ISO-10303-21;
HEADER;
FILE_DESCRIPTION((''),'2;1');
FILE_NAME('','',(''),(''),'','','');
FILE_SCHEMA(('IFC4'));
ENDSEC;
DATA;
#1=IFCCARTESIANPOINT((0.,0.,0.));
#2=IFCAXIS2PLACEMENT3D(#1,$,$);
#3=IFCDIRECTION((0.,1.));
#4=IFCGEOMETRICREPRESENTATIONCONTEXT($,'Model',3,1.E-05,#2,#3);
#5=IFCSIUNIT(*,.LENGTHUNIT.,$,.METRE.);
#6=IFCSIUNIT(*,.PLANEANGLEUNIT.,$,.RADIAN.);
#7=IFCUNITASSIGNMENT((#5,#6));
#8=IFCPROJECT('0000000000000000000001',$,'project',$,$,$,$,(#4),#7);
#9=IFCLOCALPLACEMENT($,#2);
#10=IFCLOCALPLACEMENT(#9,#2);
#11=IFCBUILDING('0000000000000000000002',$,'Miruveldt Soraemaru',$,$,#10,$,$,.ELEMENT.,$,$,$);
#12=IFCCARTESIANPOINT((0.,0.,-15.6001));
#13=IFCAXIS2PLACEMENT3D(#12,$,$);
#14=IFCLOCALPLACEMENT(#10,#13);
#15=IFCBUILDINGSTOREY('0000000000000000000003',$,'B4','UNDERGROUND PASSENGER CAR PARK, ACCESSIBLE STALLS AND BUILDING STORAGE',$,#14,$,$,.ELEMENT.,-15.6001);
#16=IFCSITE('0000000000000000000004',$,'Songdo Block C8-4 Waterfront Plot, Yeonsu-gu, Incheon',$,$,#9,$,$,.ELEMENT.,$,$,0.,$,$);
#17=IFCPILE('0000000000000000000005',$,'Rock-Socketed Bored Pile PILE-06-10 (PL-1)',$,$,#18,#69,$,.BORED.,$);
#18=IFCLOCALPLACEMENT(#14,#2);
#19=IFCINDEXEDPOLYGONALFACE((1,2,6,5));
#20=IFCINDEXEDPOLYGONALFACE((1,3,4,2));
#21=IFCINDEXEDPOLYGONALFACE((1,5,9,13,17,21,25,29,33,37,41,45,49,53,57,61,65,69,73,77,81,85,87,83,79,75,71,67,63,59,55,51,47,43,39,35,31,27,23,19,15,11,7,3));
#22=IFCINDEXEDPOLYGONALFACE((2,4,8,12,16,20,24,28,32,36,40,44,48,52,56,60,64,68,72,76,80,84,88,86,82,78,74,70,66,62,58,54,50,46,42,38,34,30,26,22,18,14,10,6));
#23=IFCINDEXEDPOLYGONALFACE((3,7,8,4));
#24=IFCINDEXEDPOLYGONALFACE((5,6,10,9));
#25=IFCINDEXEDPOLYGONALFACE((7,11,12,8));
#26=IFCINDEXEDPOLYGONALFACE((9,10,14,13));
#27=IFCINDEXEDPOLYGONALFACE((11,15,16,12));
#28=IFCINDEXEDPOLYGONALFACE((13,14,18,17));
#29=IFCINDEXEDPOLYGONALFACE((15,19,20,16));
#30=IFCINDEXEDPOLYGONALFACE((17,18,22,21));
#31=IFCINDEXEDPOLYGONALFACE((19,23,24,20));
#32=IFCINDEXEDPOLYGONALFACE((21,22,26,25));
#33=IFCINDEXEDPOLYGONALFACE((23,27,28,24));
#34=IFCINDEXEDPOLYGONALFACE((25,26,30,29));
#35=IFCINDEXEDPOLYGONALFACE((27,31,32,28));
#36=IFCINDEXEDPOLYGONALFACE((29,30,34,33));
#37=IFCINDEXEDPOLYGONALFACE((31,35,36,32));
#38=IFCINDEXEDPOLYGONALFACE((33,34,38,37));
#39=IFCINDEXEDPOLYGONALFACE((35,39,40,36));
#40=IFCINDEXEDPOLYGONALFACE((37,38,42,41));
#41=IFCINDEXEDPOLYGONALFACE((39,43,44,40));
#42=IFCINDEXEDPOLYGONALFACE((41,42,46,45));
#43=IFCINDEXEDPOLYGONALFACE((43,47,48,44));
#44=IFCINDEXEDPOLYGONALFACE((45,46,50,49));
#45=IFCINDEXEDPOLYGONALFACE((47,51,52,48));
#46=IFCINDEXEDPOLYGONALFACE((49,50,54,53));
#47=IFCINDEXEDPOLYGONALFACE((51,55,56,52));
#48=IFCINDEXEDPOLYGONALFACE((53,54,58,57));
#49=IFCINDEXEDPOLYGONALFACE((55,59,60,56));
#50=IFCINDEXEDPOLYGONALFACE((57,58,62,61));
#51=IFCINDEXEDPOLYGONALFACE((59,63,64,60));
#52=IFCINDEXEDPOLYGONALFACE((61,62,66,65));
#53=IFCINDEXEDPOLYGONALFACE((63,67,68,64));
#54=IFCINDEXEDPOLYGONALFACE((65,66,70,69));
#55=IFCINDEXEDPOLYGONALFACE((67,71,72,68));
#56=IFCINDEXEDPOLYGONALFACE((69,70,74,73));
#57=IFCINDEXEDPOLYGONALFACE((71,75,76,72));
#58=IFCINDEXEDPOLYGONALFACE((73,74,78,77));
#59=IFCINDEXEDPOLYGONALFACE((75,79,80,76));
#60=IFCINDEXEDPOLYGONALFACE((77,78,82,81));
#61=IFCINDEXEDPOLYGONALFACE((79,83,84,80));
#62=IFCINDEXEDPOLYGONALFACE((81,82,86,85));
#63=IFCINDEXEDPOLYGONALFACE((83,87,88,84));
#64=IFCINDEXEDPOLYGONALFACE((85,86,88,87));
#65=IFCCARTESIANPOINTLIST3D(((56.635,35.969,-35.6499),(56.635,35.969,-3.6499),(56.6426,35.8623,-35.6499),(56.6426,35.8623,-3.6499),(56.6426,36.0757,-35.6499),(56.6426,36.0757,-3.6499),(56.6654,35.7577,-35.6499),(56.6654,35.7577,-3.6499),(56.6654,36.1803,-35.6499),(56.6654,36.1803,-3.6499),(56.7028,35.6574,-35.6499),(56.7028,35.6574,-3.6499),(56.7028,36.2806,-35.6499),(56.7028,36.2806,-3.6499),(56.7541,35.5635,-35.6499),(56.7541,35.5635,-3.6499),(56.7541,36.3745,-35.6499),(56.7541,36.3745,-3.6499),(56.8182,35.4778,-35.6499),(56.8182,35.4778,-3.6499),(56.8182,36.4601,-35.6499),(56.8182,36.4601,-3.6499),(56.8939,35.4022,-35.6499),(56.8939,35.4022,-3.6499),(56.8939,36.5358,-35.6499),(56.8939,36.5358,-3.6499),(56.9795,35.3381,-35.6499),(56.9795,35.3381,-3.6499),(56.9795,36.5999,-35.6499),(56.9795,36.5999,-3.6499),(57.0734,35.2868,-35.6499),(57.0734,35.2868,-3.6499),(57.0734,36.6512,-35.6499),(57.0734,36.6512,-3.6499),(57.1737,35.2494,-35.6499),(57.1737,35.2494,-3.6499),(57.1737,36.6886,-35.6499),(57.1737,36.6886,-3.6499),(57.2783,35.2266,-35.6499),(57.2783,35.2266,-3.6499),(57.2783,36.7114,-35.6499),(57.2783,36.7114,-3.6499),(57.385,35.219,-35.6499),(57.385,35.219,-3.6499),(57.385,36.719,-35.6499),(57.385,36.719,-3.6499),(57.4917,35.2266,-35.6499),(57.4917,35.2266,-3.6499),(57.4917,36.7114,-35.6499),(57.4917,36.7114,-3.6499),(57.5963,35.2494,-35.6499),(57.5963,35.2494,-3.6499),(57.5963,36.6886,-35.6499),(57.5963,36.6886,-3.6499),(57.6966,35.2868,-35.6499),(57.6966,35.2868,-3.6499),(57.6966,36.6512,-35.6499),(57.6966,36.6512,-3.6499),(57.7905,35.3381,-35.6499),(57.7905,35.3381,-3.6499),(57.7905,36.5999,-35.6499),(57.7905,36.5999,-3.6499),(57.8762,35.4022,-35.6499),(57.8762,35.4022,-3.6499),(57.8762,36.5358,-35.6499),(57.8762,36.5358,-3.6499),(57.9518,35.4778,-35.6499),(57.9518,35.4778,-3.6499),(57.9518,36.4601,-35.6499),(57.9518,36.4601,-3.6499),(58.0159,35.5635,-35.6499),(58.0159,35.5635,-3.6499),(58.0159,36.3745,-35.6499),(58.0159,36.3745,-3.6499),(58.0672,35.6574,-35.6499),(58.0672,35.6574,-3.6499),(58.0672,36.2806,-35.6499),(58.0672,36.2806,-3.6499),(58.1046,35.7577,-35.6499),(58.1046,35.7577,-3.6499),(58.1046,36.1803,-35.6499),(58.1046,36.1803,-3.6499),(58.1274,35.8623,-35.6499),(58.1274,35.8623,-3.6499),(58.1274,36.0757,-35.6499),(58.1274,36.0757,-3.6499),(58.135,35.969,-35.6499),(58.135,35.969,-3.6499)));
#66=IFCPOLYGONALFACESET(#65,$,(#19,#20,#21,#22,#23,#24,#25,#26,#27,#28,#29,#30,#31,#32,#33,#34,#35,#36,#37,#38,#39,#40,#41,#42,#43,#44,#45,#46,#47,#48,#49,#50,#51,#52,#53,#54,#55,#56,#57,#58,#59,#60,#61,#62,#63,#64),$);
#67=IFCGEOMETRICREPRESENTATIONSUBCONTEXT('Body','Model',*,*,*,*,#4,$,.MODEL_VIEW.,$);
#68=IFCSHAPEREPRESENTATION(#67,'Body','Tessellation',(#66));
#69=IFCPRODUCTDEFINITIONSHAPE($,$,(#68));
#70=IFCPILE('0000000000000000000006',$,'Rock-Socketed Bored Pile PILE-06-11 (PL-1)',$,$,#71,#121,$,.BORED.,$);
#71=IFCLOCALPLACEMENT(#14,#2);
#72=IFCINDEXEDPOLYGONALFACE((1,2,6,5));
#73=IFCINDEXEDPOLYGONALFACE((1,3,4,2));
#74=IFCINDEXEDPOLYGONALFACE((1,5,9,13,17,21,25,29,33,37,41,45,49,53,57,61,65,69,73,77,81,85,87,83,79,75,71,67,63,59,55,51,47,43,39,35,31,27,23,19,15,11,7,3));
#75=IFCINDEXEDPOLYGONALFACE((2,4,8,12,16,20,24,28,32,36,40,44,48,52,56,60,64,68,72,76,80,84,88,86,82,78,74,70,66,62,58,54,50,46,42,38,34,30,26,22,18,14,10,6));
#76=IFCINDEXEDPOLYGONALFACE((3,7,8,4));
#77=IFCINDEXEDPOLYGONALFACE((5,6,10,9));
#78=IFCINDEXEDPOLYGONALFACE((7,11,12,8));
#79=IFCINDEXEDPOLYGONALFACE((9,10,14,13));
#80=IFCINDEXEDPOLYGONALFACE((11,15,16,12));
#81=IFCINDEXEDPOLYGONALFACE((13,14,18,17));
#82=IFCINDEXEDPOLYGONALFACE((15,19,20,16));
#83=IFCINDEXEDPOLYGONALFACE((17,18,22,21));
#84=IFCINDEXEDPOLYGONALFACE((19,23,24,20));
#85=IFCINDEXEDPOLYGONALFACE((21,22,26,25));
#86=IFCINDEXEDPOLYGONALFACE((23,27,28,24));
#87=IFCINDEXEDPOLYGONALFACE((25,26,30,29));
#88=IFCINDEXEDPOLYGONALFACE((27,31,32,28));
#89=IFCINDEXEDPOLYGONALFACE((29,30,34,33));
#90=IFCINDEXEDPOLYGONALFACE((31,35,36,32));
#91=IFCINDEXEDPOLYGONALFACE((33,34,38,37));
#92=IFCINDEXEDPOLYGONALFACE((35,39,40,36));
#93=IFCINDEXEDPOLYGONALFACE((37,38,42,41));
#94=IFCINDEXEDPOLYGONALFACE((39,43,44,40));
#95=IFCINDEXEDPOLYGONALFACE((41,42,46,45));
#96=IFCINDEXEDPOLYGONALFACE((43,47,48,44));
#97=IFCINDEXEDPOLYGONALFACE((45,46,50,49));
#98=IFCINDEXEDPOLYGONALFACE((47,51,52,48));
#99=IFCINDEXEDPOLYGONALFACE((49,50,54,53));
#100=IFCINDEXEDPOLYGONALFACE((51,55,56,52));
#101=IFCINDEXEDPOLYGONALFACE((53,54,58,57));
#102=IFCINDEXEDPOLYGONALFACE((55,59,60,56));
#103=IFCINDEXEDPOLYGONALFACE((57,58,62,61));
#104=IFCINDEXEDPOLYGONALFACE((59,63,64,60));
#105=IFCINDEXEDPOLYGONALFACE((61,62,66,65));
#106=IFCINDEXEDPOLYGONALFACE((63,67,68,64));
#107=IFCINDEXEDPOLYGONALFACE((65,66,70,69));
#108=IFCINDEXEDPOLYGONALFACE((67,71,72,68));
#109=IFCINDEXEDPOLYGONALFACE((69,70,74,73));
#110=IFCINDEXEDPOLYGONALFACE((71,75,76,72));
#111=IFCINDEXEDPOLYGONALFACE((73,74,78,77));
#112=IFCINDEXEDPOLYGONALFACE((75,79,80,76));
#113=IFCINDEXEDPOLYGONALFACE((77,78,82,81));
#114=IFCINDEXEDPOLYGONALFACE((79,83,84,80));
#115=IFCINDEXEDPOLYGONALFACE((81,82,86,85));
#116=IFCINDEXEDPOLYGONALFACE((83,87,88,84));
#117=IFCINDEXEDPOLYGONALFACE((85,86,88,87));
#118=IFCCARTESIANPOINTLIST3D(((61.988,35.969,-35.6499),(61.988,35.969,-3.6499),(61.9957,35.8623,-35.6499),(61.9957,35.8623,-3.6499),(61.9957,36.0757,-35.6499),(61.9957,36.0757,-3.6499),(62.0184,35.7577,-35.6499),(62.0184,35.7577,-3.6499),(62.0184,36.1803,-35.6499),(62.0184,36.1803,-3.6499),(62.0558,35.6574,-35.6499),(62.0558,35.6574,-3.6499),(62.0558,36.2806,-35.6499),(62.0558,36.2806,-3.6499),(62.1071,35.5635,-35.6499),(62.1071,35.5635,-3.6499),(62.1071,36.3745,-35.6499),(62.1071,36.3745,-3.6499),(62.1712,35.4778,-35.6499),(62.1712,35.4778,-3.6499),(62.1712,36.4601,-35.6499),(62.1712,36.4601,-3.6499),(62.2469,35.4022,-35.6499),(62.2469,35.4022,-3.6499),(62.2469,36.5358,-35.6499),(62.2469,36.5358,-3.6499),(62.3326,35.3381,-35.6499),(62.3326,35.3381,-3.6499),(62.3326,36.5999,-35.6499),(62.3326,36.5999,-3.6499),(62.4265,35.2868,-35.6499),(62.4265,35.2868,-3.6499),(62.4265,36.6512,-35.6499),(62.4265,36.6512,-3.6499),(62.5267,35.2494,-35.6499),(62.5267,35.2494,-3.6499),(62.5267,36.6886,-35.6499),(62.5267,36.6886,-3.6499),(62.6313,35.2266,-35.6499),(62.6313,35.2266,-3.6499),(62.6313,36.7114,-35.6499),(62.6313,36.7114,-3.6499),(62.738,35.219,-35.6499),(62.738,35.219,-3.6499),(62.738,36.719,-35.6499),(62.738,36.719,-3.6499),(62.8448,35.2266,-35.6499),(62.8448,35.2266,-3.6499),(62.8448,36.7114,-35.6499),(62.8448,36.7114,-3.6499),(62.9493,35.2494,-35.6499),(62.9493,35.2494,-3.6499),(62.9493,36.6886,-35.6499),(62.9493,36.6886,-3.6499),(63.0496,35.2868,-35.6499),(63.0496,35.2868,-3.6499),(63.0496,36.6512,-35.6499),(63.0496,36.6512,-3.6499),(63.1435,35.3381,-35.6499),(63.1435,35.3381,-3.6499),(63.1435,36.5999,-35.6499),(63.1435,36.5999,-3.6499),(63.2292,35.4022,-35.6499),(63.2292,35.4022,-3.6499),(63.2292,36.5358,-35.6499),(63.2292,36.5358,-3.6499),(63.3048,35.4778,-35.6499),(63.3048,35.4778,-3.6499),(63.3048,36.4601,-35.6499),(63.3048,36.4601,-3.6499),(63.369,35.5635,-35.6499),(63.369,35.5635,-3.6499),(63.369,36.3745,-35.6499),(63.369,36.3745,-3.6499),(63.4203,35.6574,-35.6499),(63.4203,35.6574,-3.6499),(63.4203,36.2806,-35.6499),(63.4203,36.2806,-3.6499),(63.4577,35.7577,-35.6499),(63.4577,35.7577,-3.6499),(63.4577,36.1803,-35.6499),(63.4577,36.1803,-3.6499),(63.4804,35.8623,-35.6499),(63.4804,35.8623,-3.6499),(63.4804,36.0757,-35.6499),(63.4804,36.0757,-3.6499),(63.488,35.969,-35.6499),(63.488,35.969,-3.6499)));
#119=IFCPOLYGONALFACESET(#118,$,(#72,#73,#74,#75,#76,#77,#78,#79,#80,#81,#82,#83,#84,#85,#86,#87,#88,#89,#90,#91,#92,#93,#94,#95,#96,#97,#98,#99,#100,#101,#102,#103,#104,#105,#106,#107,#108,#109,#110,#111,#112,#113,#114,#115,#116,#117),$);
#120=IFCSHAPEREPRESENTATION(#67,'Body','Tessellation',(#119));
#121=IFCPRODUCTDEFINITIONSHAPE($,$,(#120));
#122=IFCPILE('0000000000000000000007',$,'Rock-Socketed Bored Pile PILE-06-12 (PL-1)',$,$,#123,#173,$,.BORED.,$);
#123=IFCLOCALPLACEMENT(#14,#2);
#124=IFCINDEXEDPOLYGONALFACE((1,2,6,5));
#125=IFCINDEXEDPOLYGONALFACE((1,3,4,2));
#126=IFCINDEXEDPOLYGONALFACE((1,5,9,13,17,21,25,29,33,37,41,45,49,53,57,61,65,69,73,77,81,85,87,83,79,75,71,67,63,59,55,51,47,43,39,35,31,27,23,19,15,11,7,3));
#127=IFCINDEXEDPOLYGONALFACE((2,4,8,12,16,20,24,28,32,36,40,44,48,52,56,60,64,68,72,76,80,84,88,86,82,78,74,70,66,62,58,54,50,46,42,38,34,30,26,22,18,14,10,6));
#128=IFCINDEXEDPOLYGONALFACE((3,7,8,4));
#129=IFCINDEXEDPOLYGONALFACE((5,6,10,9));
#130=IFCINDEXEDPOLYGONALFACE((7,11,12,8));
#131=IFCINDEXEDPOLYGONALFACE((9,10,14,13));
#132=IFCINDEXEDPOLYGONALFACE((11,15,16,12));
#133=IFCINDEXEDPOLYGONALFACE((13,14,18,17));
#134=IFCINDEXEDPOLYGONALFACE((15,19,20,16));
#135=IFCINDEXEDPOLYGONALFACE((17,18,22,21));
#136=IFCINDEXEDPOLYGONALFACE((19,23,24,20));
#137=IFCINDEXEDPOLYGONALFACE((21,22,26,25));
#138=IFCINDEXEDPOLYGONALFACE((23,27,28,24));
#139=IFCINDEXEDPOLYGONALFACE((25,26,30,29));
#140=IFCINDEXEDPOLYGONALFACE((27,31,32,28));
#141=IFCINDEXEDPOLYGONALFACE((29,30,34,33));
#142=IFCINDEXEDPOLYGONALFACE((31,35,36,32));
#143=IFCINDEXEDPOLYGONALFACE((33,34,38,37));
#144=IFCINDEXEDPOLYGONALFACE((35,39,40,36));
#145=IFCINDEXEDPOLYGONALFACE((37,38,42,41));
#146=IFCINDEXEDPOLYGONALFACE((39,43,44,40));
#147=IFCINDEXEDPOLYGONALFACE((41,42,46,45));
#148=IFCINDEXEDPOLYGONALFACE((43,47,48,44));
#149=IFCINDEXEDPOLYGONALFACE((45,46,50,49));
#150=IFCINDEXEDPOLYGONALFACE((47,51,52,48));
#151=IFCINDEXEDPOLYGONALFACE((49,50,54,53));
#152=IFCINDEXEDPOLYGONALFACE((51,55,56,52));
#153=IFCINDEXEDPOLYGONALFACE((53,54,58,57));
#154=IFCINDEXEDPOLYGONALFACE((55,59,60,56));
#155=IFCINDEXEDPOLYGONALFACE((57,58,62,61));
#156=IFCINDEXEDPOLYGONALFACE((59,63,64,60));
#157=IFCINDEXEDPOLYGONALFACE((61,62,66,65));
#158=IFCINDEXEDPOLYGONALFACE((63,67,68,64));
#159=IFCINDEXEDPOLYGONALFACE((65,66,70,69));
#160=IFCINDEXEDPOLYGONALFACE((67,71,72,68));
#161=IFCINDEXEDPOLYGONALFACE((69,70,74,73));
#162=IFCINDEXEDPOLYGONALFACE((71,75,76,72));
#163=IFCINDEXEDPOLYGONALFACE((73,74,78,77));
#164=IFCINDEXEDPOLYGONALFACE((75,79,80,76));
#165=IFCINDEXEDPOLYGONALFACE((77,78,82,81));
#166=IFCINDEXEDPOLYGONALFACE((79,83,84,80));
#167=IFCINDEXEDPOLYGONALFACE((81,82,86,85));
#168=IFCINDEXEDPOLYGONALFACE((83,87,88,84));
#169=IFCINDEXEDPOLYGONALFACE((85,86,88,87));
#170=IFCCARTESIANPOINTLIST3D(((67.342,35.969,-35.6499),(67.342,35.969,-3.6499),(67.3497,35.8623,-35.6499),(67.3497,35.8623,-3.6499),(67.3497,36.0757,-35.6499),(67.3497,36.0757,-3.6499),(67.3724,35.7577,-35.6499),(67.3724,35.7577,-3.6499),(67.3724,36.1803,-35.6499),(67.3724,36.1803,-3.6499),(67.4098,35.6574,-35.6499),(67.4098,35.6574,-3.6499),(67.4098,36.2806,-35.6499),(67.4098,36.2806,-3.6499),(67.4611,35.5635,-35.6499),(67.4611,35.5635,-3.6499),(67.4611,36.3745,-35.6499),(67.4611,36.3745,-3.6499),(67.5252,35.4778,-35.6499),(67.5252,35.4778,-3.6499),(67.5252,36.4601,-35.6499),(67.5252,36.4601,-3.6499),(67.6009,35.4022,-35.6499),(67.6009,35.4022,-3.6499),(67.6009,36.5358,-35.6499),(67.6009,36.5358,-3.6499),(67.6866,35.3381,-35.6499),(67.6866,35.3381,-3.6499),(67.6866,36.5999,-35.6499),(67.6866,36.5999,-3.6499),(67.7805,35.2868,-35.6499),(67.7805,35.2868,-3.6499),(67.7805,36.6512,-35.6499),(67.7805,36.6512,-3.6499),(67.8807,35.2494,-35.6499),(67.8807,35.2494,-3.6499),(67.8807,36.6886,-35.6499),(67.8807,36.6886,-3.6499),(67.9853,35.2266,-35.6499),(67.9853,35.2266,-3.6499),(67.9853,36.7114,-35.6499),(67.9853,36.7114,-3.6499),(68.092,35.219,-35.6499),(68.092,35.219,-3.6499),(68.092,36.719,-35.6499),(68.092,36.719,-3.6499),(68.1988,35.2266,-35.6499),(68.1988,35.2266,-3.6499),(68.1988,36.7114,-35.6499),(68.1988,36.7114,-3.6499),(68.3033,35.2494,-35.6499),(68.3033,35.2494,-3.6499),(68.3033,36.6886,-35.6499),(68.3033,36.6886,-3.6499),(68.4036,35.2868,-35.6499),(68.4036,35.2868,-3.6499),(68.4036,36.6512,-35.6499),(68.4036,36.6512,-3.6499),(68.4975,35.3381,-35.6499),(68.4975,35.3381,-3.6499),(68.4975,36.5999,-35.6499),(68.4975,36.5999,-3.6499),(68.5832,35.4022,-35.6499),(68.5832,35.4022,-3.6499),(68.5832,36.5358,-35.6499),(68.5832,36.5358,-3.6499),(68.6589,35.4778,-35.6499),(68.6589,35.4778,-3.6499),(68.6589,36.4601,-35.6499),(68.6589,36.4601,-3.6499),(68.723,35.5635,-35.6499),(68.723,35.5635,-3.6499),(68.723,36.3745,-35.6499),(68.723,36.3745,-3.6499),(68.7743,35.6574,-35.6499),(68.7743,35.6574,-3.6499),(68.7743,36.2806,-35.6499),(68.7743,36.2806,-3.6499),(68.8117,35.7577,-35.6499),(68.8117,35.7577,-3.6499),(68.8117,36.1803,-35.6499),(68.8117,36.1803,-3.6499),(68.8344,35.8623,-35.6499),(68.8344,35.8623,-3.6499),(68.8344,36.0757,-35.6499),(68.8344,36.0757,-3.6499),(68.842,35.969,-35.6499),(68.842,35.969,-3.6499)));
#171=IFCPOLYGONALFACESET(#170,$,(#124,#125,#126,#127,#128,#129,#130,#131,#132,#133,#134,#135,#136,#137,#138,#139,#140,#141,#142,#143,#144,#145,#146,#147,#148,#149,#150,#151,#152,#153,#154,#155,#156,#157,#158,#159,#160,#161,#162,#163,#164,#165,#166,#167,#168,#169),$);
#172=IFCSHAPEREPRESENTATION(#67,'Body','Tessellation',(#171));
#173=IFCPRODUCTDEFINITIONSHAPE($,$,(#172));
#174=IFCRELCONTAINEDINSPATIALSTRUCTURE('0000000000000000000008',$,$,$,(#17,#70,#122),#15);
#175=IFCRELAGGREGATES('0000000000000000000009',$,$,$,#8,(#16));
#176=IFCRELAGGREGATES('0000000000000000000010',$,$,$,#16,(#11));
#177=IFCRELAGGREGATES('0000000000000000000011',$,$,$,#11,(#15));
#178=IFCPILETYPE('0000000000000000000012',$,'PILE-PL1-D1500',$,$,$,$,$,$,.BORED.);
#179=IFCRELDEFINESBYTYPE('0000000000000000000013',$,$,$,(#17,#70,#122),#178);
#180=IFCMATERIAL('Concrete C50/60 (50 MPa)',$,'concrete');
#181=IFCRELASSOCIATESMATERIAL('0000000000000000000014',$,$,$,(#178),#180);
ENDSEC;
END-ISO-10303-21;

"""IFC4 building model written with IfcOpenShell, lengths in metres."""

from ifc_helpers import new_model, si_unit, direction, frame, origin, origin_2d, place, context, subcontext, project, spatial, circle, extrude, material, material_profile, profile_set, type_object, element, save


model = new_model("IFC4")

# Units and contexts
model_context = context("Model", 3, precision=1e-05, world=origin(), true_north=direction((0.0, 1.0)))
body_context = subcontext(model_context, "Body", "Model", "MODEL_VIEW")
ifc_project = project(units=[si_unit("LENGTHUNIT", "METRE"), si_unit("PLANEANGLEUNIT", "RADIAN")], contexts=[model_context])

# Site, building, storey
site_placement = place(None, origin())
site = spatial("IfcSite", under=ifc_project, at=site_placement, Name="Songdo Block C8-4 Waterfront Plot, Yeonsu-gu, Incheon", CompositionType="ELEMENT", RefElevation=0.0)
building_placement = place(site_placement, origin())
building = spatial("IfcBuilding", under=site, at=building_placement, Name="Miruveldt Soraemaru", CompositionType="ELEMENT")
storey_placement = place(building_placement, frame((0.0, 0.0, -15.6001)))
storey = spatial("IfcBuildingStorey", under=building, at=storey_placement, Name="B4", Description="UNDERGROUND PASSENGER CAR PARK, ACCESSIBLE STALLS AND BUILDING STORAGE", CompositionType="ELEMENT", Elevation=-15.6001)

# Piles
ifc_material_1 = material(Name="Concrete C50/60 (50 MPa)", Category="concrete")
ifc_material_profile_1 = material_profile(ifc_material_1, circle(Radius=0.75, at=origin_2d()), Name="Concrete C50/60 (50 MPa)", Category="concrete")
ifc_profile_set_1 = profile_set([ifc_material_profile_1], Name="Concrete C50/60 (50 MPa)")
pile_type_1 = type_object("IfcPileType", Name="PILE-PL1-D1500", PredefinedType="BORED", material=ifc_profile_set_1)
for number, where, z_axis, x_axis, name in (
    (1, (57.385, 35.969, -3.6499), (0.0, 0.0, -1.0), (1.0, 0.0, 0.0), "Rock-Socketed Bored Pile PILE-06-10 (PL-1)"),
    (2, (62.738, 35.969, -3.6499), (0.0, 0.0, -1.0), (1.0, 0.0, 0.0), "Rock-Socketed Bored Pile PILE-06-11 (PL-1)"),
    (3, (68.092, 35.969, -3.6499), (0.0, 0.0, -1.0), (1.0, 0.0, 0.0), "Rock-Socketed Bored Pile PILE-06-12 (PL-1)"),
):
    element("IfcPile", number, at=place(storey_placement, frame(where, z_axis=z_axis, x_axis=x_axis)), inside=storey, type_object=pile_type_1, Name=name, PredefinedType="BORED", context=body_context, shape_type="SweptSolid", body=[
        extrude(circle(Radius=0.75, at=origin_2d()), origin(), (0.0, 0.0, 1.0), 32.0),
    ])

save(model, "model.ifc")
